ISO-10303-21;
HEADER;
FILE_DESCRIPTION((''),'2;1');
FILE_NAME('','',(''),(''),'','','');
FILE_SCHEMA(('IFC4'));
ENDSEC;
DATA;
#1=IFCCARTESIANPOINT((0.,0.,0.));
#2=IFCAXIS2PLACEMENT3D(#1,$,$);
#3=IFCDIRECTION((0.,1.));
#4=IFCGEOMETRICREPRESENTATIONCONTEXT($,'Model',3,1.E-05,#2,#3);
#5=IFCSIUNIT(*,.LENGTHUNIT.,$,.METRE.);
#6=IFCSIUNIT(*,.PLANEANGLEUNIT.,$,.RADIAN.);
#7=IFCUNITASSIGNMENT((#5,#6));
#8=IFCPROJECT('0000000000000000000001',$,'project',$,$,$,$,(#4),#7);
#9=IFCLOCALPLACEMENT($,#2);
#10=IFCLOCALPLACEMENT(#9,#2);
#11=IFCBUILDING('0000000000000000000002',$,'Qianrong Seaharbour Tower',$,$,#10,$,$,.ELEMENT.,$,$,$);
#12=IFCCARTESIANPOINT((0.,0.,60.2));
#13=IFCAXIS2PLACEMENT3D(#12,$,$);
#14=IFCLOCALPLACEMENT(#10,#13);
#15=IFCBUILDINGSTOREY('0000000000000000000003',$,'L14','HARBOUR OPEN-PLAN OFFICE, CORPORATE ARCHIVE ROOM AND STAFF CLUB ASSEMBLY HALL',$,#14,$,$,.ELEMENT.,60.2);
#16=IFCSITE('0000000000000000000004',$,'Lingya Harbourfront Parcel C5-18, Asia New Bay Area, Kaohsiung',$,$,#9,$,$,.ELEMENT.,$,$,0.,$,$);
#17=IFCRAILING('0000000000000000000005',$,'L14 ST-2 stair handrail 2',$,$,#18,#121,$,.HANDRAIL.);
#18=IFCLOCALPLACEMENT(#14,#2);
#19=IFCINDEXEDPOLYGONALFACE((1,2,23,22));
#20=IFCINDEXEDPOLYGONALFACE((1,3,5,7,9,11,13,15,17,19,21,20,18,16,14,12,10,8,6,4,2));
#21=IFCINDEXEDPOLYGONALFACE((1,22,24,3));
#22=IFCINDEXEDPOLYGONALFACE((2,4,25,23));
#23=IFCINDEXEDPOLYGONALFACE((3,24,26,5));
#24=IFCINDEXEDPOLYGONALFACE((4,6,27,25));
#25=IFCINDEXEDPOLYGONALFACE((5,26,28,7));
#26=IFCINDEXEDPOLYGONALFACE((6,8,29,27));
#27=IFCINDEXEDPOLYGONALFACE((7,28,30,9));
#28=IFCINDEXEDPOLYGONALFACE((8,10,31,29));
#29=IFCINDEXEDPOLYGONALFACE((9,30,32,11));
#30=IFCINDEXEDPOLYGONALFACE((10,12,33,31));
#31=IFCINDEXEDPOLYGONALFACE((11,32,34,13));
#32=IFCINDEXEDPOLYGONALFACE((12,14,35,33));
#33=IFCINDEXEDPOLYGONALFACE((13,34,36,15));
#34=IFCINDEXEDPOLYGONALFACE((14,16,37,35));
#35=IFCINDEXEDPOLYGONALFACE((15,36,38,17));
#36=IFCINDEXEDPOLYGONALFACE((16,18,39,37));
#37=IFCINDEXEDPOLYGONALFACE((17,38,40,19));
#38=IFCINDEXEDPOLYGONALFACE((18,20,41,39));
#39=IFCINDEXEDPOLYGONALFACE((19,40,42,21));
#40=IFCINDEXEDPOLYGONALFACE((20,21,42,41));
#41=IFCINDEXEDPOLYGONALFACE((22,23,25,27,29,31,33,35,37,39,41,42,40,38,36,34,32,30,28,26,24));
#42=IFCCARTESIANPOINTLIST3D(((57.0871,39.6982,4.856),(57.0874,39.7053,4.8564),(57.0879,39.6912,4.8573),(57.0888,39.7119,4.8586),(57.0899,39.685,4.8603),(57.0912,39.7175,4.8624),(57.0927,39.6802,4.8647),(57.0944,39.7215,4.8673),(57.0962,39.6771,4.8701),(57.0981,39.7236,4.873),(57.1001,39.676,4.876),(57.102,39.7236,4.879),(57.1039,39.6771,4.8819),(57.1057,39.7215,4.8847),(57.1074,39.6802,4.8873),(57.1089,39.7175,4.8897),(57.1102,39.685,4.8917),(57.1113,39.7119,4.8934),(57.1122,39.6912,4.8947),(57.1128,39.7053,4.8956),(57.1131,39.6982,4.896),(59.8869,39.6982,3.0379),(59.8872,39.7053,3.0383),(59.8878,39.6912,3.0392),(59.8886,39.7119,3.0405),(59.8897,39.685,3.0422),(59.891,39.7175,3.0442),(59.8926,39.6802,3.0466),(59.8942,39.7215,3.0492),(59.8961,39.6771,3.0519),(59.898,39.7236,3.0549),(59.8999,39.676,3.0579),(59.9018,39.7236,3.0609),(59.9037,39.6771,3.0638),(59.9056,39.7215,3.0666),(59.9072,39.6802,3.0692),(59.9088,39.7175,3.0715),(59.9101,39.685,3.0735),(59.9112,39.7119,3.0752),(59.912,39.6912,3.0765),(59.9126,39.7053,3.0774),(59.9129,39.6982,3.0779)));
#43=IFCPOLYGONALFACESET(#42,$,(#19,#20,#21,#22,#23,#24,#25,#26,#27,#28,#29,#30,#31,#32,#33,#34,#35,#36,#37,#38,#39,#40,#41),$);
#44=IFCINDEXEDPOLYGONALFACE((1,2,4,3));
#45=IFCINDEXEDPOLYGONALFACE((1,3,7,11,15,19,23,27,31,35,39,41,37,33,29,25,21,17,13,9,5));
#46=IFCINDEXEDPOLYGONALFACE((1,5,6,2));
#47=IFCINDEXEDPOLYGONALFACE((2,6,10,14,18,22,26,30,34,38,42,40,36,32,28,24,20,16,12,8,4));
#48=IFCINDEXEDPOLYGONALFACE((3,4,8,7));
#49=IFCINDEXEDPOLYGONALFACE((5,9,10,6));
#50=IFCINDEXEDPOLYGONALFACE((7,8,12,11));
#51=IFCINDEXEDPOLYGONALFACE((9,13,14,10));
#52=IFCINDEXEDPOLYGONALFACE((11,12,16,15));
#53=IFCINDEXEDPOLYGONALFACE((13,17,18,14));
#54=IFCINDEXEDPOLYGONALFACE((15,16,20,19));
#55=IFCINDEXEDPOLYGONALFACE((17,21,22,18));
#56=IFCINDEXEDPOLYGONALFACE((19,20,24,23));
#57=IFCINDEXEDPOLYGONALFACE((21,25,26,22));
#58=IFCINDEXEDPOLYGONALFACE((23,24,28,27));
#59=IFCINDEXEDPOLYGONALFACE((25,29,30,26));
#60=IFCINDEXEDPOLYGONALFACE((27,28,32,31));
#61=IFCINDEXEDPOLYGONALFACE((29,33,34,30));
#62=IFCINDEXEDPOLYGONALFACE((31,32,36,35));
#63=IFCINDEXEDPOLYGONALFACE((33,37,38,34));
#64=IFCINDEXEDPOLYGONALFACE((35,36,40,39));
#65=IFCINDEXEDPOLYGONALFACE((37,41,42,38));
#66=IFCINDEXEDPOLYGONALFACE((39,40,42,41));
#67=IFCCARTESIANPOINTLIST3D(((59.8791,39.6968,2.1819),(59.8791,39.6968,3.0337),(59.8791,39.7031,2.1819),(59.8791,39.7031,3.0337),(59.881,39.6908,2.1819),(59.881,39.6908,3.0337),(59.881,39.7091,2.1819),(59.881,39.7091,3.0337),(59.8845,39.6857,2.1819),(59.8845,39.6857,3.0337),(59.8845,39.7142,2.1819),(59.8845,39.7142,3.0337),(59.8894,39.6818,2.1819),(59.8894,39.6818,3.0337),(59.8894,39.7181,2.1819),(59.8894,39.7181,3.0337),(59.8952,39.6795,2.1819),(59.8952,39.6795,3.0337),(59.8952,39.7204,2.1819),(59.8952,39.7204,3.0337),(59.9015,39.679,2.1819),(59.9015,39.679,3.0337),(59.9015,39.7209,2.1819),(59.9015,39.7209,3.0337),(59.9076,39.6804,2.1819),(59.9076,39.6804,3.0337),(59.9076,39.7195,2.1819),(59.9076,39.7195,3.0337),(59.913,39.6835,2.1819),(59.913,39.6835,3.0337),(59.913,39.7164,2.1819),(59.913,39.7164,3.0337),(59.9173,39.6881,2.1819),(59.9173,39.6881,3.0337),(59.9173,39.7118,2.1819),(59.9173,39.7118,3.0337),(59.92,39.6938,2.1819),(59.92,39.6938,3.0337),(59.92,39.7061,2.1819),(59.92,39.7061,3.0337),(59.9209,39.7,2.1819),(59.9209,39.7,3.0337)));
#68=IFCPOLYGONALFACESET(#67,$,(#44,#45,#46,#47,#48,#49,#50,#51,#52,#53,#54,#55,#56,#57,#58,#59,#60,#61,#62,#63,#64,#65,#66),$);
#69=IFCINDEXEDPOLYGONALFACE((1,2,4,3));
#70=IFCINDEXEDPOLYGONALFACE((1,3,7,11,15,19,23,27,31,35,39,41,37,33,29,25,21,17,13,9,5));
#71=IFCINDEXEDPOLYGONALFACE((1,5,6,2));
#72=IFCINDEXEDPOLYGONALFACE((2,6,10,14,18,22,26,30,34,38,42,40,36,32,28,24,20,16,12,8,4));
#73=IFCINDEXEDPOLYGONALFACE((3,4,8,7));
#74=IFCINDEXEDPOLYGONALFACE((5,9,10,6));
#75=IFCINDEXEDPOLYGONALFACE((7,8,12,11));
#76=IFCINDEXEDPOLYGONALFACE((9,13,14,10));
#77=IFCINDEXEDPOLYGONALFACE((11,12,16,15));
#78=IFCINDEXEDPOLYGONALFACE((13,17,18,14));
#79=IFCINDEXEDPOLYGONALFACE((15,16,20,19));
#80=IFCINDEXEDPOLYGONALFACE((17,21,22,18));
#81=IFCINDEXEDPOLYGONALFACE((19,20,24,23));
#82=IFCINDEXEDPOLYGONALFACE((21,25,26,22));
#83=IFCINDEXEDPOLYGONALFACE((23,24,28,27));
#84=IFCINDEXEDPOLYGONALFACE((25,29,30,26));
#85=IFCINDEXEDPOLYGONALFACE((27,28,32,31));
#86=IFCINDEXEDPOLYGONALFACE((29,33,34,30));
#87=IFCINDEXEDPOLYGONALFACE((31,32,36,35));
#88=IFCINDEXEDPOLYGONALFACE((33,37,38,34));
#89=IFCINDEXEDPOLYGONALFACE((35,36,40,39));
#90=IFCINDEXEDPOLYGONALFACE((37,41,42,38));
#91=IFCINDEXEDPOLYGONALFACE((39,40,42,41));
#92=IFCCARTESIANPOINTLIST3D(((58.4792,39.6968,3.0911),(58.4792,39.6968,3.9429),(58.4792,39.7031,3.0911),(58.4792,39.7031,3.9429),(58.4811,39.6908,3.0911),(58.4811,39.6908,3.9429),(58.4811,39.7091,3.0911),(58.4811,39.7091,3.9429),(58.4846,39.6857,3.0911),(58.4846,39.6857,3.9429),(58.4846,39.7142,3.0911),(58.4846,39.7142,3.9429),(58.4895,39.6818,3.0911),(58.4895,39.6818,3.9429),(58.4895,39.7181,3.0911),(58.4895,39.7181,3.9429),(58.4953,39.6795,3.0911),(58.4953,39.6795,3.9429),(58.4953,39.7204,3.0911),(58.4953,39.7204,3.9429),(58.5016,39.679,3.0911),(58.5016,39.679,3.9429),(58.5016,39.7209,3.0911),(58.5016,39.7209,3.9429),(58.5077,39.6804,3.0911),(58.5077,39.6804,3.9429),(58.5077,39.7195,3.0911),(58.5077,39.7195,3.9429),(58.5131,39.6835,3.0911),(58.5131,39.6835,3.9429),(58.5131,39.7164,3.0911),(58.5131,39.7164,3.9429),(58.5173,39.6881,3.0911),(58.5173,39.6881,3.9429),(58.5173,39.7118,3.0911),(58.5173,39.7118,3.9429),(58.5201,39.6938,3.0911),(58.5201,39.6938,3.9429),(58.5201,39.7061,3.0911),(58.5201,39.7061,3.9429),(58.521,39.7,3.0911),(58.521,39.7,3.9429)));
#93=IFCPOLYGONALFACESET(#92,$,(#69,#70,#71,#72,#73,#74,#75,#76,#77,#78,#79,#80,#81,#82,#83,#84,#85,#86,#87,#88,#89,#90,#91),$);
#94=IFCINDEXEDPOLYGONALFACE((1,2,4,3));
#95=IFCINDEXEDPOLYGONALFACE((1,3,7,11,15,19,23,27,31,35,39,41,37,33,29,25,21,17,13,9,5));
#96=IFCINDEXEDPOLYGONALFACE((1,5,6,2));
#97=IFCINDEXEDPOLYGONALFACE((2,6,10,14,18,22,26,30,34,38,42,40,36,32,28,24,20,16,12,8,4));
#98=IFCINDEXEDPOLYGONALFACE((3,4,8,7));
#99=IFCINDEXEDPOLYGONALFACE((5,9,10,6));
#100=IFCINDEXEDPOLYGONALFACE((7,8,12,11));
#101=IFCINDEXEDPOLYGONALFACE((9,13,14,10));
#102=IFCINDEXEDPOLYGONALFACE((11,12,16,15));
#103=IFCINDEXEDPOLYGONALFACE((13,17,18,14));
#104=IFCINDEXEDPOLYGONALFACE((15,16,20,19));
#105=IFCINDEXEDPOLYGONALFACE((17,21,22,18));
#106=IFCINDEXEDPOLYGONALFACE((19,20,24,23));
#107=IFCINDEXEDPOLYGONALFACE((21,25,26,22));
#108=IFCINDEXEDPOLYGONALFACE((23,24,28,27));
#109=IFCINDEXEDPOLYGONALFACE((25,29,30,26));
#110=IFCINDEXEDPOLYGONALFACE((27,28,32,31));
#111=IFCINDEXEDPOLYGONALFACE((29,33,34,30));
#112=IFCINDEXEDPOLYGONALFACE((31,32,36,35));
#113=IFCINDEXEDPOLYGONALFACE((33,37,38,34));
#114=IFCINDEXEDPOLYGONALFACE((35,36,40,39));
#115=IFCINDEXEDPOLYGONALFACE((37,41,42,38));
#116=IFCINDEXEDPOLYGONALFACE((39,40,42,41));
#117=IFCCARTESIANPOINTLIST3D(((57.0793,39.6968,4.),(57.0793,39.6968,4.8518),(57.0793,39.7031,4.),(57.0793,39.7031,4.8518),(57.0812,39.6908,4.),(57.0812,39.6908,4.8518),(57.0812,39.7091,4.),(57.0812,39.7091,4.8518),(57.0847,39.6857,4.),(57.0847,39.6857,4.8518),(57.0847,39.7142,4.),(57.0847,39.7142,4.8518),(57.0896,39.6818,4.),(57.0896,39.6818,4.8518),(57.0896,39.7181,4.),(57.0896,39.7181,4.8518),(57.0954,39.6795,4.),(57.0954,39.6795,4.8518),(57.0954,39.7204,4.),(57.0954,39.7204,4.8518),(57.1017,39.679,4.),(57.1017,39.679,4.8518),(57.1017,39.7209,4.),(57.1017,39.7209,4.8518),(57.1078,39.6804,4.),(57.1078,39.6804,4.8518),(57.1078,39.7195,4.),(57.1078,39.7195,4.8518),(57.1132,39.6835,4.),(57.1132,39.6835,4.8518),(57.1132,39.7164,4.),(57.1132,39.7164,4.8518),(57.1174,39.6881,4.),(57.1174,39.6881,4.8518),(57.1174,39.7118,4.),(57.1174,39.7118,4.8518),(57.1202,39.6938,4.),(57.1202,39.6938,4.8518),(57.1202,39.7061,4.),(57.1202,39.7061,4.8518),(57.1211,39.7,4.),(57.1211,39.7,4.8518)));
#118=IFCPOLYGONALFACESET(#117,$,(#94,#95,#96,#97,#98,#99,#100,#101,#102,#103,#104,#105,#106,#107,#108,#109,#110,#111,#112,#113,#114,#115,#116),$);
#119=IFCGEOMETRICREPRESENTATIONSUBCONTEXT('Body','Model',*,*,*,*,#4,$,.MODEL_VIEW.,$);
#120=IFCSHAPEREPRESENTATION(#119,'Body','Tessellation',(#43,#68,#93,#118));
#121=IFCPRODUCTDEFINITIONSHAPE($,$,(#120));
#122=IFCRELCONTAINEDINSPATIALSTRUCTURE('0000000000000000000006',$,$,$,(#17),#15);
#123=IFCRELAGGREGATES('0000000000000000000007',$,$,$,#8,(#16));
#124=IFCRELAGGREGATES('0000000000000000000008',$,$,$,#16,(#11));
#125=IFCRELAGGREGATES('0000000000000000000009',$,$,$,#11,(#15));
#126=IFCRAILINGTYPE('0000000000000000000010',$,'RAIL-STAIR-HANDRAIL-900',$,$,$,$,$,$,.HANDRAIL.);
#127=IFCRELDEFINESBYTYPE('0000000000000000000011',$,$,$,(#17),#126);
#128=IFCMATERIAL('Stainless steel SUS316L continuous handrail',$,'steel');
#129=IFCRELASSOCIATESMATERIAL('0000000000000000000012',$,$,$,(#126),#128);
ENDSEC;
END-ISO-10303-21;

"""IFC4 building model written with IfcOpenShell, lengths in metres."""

from ifc_helpers import new_model, si_unit, direction, frame, origin, origin_2d, place, context, subcontext, project, spatial, circle, extrude, material, type_object, element, save


model = new_model("IFC4")

# Units and contexts
model_context = context("Model", 3, precision=1e-05, world=origin(), true_north=direction((0.0, 1.0)))
body_context = subcontext(model_context, "Body", "Model", "MODEL_VIEW")
ifc_project = project(units=[si_unit("LENGTHUNIT", "METRE"), si_unit("PLANEANGLEUNIT", "RADIAN")], contexts=[model_context])

# Site, building, storey
site_placement = place(None, origin())
site = spatial("IfcSite", under=ifc_project, at=site_placement, Name="Lingya Harbourfront Parcel C5-18, Asia New Bay Area, Kaohsiung", CompositionType="ELEMENT", RefElevation=0.0)
building_placement = place(site_placement, origin())
building = spatial("IfcBuilding", under=site, at=building_placement, Name="Qianrong Seaharbour Tower", CompositionType="ELEMENT")
storey_placement = place(building_placement, frame((0.0, 0.0, 60.2)))
storey = spatial("IfcBuildingStorey", under=building, at=storey_placement, Name="L14", Description="HARBOUR OPEN-PLAN OFFICE, CORPORATE ARCHIVE ROOM AND STAFF CLUB ASSEMBLY HALL", CompositionType="ELEMENT", Elevation=60.2)

# Railing
ifc_material_1 = material(Name="Stainless steel SUS316L continuous handrail", Category="steel")
railing_type_1 = type_object("IfcRailingType", Name="RAIL-STAIR-HANDRAIL-900", PredefinedType="HANDRAIL", material=ifc_material_1)
railing_1_placement = place(storey_placement, frame((59.8999, 39.7, 2.1819)))
element("IfcRailing", 1, at=railing_1_placement, inside=storey, type_object=railing_type_1, Name="L14 ST-2 stair handrail 2", PredefinedType="HANDRAIL", context=body_context, shape_type="SweptSolid", body=[
    extrude(circle(Radius=0.0239, at=origin_2d()), frame((0.0, 0.0, 0.876), z_axis=(-0.838684, 0.0, 0.544618), x_axis=(0.0, -1.0, 0.0)), (0.0, 0.0, 1.0), 3.3384),
    extrude(circle(Radius=0.021, at=origin_2d()), origin(), (0.0, 0.0, 1.0), 0.8518),
    extrude(circle(Radius=0.021, at=origin_2d()), frame((-1.3999, 0.0, 0.9092)), (0.0, 0.0, 1.0), 0.8518),
    extrude(circle(Radius=0.021, at=origin_2d()), frame((-2.7998, 0.0, 1.8181)), (0.0, 0.0, 1.0), 0.8518),
])

save(model, "model.ifc")
